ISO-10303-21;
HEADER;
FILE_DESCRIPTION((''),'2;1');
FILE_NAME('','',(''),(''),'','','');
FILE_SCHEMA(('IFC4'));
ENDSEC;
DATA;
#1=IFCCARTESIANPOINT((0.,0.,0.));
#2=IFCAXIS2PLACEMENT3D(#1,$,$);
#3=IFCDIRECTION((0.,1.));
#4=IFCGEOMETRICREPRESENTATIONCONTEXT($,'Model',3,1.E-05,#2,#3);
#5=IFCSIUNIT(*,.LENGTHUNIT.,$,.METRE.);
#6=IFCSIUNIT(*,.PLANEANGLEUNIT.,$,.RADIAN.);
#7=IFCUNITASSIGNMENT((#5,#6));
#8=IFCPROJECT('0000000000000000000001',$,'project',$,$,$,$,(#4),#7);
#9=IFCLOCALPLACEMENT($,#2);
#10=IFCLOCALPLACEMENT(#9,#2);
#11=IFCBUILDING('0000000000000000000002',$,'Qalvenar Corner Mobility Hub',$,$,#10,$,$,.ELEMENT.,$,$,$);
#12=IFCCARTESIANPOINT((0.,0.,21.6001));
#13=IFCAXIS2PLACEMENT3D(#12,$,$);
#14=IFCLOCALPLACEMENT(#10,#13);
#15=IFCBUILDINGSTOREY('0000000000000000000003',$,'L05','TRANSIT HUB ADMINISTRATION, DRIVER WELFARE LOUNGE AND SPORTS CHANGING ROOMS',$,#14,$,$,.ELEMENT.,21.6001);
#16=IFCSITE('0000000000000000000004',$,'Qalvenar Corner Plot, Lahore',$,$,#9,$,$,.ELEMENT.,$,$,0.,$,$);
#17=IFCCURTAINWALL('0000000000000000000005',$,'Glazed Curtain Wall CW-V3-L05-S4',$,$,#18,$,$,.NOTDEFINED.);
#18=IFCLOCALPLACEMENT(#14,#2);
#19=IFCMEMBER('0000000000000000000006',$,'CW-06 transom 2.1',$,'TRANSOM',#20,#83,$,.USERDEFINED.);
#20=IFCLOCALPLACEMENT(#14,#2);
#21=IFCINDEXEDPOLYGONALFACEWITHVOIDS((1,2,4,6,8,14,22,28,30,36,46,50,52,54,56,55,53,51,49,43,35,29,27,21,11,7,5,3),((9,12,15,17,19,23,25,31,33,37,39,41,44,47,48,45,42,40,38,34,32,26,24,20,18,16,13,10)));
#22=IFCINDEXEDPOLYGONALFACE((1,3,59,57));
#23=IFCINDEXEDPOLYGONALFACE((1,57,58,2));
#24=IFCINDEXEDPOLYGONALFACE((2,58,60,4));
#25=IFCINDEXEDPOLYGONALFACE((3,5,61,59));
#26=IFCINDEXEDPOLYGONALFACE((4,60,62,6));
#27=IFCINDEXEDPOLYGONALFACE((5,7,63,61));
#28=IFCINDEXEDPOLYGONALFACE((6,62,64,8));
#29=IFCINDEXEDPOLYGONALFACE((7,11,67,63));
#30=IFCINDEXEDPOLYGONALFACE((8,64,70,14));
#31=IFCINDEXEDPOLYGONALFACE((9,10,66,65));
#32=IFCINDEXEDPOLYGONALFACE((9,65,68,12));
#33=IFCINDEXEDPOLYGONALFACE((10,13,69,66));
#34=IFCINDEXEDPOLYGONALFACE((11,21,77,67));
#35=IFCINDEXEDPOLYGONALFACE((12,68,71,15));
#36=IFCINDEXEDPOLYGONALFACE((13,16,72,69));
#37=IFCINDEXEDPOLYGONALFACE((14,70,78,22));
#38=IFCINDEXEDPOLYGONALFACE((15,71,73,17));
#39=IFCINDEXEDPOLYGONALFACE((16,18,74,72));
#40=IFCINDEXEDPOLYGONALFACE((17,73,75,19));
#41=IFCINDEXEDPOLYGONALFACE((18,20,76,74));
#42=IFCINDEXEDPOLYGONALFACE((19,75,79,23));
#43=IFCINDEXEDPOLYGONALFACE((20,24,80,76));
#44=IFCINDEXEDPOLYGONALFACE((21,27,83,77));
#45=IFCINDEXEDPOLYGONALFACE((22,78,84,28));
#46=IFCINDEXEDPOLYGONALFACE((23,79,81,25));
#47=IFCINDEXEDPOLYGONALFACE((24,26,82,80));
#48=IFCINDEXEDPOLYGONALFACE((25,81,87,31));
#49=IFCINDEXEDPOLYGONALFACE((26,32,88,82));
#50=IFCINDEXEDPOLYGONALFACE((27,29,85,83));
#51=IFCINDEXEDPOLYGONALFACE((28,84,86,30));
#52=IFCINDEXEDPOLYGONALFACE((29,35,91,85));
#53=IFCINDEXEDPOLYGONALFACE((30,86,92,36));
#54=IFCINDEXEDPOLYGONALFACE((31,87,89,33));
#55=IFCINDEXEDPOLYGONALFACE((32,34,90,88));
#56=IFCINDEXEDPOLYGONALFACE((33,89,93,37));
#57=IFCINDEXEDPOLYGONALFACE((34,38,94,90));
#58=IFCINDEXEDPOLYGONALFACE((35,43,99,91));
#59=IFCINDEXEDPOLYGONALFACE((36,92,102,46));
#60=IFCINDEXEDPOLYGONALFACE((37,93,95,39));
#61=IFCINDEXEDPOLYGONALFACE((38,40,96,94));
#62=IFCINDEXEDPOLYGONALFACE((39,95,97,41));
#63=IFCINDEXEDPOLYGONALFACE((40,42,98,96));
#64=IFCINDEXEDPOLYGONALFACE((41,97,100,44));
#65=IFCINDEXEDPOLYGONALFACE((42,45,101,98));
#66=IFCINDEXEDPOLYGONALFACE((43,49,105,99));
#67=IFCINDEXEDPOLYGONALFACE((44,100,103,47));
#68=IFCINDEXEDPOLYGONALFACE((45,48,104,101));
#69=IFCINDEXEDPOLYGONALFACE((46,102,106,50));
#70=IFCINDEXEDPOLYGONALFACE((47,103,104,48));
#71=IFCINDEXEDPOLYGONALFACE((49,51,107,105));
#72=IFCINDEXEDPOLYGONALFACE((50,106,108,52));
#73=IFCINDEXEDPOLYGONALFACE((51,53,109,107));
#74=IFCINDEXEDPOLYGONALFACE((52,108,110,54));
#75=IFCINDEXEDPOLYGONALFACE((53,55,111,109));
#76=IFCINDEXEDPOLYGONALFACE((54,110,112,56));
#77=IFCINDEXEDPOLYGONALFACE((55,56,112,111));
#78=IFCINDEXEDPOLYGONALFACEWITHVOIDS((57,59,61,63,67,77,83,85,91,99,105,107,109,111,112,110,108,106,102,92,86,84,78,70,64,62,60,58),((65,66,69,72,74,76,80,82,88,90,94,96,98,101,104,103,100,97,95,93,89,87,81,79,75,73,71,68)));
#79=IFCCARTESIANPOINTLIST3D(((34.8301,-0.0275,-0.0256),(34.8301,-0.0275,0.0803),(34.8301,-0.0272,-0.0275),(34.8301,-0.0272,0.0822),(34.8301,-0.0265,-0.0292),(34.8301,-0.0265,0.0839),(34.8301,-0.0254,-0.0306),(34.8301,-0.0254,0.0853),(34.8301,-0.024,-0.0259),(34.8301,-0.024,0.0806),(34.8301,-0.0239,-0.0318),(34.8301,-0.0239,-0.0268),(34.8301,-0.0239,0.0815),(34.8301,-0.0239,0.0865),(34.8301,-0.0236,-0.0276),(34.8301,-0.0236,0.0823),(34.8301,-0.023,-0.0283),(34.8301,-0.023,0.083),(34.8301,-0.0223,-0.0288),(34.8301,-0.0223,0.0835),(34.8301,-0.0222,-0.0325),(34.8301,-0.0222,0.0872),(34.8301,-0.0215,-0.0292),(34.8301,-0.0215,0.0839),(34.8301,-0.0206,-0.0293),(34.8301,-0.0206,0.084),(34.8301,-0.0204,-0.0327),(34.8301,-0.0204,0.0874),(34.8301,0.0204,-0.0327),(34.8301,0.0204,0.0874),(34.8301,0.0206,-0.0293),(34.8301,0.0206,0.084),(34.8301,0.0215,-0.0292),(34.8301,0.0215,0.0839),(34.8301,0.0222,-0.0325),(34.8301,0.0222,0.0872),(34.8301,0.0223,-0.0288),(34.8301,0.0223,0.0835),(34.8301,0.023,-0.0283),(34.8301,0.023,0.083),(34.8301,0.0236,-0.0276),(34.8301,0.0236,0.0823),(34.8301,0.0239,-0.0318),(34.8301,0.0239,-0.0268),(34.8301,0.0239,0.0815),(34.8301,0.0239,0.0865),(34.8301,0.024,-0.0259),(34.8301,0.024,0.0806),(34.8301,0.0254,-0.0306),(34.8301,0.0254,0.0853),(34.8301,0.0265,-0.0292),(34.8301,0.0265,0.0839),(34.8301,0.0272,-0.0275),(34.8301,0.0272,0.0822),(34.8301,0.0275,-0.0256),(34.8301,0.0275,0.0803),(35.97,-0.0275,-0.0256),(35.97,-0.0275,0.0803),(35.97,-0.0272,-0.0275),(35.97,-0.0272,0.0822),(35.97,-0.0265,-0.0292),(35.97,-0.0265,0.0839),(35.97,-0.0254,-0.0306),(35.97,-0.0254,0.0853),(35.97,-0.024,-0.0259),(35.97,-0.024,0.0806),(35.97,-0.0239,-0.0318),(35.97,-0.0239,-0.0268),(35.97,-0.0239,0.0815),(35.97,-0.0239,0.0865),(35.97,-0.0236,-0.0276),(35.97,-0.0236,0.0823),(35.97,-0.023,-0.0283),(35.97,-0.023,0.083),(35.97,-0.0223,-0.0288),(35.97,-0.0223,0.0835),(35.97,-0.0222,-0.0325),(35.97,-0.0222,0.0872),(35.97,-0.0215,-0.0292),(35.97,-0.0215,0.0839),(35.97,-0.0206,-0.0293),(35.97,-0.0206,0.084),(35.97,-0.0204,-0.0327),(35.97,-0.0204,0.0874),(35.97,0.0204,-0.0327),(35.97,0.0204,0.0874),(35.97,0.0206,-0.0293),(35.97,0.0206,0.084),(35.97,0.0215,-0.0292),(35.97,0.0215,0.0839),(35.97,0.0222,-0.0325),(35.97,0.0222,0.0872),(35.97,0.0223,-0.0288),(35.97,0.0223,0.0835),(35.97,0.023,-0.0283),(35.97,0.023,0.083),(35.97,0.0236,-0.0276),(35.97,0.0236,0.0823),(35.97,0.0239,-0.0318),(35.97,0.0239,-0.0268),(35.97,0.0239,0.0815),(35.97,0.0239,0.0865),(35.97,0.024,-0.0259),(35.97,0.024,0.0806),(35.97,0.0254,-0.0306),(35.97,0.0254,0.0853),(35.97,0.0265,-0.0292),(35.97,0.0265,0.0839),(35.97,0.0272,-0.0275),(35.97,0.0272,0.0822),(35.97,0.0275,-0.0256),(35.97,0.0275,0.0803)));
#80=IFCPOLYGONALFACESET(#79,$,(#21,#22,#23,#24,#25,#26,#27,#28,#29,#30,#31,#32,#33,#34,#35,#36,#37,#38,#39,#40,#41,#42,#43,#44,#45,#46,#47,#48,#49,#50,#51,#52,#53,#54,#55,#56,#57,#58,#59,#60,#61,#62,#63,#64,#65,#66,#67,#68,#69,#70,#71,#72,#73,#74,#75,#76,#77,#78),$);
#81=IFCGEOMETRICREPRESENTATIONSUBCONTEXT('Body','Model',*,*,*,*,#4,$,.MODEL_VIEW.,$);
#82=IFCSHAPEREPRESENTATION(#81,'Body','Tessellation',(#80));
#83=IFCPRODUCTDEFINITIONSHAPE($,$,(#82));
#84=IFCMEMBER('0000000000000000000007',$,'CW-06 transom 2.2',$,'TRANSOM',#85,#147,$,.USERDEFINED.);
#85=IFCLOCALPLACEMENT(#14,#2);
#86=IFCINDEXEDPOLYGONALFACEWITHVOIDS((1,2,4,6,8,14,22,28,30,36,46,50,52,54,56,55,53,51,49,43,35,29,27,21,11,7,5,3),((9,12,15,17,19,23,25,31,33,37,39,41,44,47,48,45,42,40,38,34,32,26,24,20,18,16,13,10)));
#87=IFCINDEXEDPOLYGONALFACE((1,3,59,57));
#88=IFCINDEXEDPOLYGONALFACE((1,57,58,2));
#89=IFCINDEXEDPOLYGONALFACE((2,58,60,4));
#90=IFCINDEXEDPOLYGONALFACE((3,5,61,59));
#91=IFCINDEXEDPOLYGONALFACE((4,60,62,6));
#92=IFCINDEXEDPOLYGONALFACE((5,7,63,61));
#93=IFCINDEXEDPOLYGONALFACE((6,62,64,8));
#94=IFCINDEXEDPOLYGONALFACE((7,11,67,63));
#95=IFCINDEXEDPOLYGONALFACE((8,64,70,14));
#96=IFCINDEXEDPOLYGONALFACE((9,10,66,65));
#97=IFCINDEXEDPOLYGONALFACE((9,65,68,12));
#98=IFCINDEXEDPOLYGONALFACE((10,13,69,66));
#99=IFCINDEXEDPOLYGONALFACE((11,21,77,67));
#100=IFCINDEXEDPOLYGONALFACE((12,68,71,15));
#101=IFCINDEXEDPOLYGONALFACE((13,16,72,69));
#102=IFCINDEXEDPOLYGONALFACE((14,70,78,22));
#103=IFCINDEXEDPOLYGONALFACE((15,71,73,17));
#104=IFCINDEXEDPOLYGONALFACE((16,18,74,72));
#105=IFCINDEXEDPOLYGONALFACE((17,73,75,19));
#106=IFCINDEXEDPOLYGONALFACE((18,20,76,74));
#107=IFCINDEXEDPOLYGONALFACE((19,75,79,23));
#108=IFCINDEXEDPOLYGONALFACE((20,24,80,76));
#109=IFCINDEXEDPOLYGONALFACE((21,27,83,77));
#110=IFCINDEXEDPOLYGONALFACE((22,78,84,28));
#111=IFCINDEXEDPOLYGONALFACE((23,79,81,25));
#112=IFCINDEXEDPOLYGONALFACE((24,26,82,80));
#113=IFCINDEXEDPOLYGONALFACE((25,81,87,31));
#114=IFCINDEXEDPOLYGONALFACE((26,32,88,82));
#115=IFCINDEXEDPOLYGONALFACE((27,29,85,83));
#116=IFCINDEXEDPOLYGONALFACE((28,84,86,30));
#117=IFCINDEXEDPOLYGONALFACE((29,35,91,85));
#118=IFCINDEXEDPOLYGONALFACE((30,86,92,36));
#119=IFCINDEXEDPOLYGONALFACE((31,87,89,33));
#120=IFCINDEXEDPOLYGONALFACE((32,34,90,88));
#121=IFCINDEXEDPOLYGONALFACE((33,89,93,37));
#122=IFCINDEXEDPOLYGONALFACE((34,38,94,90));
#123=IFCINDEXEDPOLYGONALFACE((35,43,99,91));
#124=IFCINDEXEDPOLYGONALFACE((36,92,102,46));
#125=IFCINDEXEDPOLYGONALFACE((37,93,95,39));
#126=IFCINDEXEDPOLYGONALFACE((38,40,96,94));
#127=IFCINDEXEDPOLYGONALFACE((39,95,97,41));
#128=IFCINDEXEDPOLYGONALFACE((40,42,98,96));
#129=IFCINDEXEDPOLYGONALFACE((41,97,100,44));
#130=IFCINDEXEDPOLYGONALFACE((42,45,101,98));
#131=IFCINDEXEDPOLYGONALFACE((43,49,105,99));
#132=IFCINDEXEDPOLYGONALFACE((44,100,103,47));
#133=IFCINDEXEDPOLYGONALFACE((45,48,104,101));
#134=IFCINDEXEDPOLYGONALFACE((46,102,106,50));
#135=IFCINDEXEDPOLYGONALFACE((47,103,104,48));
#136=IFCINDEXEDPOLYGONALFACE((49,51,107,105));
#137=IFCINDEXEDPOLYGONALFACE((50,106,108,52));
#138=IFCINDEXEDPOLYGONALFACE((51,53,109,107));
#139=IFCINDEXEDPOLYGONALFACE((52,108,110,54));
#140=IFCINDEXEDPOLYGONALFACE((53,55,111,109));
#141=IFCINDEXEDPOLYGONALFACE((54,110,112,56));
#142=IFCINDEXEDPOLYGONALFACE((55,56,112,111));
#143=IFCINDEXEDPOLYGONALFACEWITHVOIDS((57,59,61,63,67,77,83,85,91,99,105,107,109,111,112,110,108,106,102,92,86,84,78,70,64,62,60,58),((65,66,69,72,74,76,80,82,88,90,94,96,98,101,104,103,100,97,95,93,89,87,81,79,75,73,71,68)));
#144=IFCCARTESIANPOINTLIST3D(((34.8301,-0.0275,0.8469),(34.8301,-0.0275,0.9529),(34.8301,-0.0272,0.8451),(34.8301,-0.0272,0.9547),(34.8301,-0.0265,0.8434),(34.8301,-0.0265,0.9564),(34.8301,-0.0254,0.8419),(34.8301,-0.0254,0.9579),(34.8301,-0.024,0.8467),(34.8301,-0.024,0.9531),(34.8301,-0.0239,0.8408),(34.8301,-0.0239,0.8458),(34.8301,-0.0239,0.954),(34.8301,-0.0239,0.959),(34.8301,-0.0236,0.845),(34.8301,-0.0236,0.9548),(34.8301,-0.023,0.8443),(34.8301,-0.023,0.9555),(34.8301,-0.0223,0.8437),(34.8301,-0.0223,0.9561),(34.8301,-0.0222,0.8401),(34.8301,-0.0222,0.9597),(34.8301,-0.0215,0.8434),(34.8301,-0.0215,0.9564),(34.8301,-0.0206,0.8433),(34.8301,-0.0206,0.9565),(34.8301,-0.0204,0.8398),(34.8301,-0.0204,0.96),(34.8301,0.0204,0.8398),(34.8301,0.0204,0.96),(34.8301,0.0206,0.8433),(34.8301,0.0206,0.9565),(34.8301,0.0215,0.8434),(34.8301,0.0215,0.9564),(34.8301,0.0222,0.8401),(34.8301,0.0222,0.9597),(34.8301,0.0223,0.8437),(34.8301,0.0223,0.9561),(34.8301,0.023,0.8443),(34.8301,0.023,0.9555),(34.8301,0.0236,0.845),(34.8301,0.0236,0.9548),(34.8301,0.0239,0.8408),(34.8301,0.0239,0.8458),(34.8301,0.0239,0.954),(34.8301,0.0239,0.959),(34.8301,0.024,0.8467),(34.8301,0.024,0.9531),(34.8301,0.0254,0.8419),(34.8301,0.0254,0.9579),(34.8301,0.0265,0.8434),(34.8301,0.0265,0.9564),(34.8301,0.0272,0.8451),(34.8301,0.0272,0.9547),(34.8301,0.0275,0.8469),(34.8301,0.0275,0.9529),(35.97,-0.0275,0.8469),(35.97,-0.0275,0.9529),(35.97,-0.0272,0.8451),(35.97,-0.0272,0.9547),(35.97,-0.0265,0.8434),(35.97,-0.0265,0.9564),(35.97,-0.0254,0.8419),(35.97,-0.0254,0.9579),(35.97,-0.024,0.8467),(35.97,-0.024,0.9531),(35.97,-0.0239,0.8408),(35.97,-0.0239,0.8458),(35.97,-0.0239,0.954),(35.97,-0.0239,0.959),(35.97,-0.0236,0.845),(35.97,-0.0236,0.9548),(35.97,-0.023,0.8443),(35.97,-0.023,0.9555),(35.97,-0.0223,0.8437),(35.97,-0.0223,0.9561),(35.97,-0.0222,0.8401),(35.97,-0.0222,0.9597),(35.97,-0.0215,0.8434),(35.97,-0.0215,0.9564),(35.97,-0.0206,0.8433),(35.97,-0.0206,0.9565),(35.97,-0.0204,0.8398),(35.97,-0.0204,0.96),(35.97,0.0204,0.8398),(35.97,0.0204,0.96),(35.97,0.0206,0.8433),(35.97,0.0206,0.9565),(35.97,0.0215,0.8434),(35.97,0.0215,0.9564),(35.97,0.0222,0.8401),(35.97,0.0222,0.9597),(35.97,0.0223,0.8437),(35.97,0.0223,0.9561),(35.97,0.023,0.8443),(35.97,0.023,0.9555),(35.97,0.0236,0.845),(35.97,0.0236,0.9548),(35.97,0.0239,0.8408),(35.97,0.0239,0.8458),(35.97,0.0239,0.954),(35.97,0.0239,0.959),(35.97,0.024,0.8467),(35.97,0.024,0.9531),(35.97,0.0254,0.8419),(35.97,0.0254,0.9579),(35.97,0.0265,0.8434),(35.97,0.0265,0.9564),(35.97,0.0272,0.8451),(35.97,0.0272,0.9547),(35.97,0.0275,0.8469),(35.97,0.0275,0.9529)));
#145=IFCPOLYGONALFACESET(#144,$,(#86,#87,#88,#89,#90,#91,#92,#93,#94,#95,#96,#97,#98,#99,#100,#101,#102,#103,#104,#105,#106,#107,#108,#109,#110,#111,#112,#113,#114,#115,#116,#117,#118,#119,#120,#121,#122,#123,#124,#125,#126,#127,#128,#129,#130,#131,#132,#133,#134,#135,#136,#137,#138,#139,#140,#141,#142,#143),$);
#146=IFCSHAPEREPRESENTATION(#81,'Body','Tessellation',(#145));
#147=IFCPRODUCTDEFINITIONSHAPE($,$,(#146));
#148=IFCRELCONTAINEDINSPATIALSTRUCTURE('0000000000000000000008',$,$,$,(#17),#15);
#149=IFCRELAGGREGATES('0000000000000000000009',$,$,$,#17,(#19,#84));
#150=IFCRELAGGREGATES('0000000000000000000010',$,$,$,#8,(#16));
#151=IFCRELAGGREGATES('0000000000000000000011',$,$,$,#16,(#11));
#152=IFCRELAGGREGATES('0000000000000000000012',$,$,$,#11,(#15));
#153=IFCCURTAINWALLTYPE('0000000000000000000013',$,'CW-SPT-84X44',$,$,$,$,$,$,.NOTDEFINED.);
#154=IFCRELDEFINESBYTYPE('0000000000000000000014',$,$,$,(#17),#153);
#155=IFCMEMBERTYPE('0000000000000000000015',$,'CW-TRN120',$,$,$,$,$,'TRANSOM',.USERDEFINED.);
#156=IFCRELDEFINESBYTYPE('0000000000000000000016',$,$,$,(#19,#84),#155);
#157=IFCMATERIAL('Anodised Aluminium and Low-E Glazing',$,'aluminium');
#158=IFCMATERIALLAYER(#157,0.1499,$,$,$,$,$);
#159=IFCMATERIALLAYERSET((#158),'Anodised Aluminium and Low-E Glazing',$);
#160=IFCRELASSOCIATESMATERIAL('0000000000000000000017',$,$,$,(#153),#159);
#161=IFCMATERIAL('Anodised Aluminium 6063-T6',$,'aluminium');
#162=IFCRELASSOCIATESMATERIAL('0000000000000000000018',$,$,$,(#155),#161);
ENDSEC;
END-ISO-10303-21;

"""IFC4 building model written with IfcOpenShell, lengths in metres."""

from ifc_helpers import new_model, si_unit, direction, frame, origin, origin_2d, place, context, subcontext, project, spatial, hollow_rectangle, extrude, material, layer, layer_set, material_profile, profile_set, type_object, element, aggregate, save


model = new_model("IFC4")

# Units and contexts
model_context = context("Model", 3, precision=1e-05, world=origin(), true_north=direction((0.0, 1.0)))
body_context = subcontext(model_context, "Body", "Model", "MODEL_VIEW")
ifc_project = project(units=[si_unit("LENGTHUNIT", "METRE"), si_unit("PLANEANGLEUNIT", "RADIAN")], contexts=[model_context])

# Site, building, storey
site_placement = place(None, origin())
site = spatial("IfcSite", under=ifc_project, at=site_placement, Name="Qalvenar Corner Plot, Lahore", CompositionType="ELEMENT", RefElevation=0.0)
building_placement = place(site_placement, origin())
building = spatial("IfcBuilding", under=site, at=building_placement, Name="Qalvenar Corner Mobility Hub", CompositionType="ELEMENT")
storey_placement = place(building_placement, frame((0.0, 0.0, 21.6001)))
storey = spatial("IfcBuildingStorey", under=building, at=storey_placement, Name="L05", Description="TRANSIT HUB ADMINISTRATION, DRIVER WELFARE LOUNGE AND SPORTS CHANGING ROOMS", CompositionType="ELEMENT", Elevation=21.6001)

# Curtain wall, members
ifc_material_1 = material(Name="Anodised Aluminium and Low-E Glazing", Category="aluminium")
ifc_layer_1 = layer(ifc_material_1, 0.1499)
ifc_layer_set_1 = layer_set([ifc_layer_1], Name="Anodised Aluminium and Low-E Glazing")
curtain_wall_type = type_object("IfcCurtainWallType", Name="CW-SPT-84X44", PredefinedType="NOTDEFINED", material=ifc_layer_set_1)
curtain_wall_placement = place(storey_placement, origin())
curtain_wall = element("IfcCurtainWall", 1, at=curtain_wall_placement, inside=storey, type_object=curtain_wall_type, Name="Glazed Curtain Wall CW-V3-L05-S4", PredefinedType="NOTDEFINED")
ifc_material_2 = material(Name="Anodised Aluminium 6063-T6", Category="aluminium")
ifc_material_profile_1 = material_profile(ifc_material_2, hollow_rectangle(XDim=0.0549, YDim=0.1201, WallThickness=0.0034, InnerFilletRadius=0.0034, OuterFilletRadius=0.0071, at=origin_2d()), Name="RHS120x55x3.5")
ifc_profile_set_1 = profile_set([ifc_material_profile_1], Name="Anodised Aluminium 6063-T6")
member_type_1 = type_object("IfcMemberType", Name="CW-TRN120", ElementType="TRANSOM", PredefinedType="USERDEFINED", material=ifc_profile_set_1)
member_1_placement = place(storey_placement, frame((34.8301, 0.0, 0.0273), z_axis=(1.0, 0.0, 0.0), x_axis=(0.0, 1.0, 0.0)))
member_1 = element("IfcMember", 2, at=member_1_placement, type_object=member_type_1, Name="CW-06 transom 2.1", ObjectType="TRANSOM", PredefinedType="USERDEFINED", context=body_context, shape_type="SweptSolid", body=[
    extrude(hollow_rectangle(XDim=0.0549, YDim=0.1201, WallThickness=0.0034, InnerFilletRadius=0.0034, OuterFilletRadius=0.0071, at=origin_2d()), origin(), (0.0, 0.0, 1.0), 1.1399),
])
member_2_placement = place(storey_placement, frame((34.8301, 0.0, 0.8999), z_axis=(1.0, 0.0, 0.0), x_axis=(0.0, 1.0, 0.0)))
member_2 = element("IfcMember", 3, at=member_2_placement, type_object=member_type_1, Name="CW-06 transom 2.2", ObjectType="TRANSOM", PredefinedType="USERDEFINED", context=body_context, shape_type="SweptSolid", body=[
    extrude(hollow_rectangle(XDim=0.0549, YDim=0.1201, WallThickness=0.0034, InnerFilletRadius=0.0034, OuterFilletRadius=0.0071, at=origin_2d()), origin(), (0.0, 0.0, 1.0), 1.1399),
])
aggregate(curtain_wall, [member_1, member_2])

save(model, "model.ifc")
